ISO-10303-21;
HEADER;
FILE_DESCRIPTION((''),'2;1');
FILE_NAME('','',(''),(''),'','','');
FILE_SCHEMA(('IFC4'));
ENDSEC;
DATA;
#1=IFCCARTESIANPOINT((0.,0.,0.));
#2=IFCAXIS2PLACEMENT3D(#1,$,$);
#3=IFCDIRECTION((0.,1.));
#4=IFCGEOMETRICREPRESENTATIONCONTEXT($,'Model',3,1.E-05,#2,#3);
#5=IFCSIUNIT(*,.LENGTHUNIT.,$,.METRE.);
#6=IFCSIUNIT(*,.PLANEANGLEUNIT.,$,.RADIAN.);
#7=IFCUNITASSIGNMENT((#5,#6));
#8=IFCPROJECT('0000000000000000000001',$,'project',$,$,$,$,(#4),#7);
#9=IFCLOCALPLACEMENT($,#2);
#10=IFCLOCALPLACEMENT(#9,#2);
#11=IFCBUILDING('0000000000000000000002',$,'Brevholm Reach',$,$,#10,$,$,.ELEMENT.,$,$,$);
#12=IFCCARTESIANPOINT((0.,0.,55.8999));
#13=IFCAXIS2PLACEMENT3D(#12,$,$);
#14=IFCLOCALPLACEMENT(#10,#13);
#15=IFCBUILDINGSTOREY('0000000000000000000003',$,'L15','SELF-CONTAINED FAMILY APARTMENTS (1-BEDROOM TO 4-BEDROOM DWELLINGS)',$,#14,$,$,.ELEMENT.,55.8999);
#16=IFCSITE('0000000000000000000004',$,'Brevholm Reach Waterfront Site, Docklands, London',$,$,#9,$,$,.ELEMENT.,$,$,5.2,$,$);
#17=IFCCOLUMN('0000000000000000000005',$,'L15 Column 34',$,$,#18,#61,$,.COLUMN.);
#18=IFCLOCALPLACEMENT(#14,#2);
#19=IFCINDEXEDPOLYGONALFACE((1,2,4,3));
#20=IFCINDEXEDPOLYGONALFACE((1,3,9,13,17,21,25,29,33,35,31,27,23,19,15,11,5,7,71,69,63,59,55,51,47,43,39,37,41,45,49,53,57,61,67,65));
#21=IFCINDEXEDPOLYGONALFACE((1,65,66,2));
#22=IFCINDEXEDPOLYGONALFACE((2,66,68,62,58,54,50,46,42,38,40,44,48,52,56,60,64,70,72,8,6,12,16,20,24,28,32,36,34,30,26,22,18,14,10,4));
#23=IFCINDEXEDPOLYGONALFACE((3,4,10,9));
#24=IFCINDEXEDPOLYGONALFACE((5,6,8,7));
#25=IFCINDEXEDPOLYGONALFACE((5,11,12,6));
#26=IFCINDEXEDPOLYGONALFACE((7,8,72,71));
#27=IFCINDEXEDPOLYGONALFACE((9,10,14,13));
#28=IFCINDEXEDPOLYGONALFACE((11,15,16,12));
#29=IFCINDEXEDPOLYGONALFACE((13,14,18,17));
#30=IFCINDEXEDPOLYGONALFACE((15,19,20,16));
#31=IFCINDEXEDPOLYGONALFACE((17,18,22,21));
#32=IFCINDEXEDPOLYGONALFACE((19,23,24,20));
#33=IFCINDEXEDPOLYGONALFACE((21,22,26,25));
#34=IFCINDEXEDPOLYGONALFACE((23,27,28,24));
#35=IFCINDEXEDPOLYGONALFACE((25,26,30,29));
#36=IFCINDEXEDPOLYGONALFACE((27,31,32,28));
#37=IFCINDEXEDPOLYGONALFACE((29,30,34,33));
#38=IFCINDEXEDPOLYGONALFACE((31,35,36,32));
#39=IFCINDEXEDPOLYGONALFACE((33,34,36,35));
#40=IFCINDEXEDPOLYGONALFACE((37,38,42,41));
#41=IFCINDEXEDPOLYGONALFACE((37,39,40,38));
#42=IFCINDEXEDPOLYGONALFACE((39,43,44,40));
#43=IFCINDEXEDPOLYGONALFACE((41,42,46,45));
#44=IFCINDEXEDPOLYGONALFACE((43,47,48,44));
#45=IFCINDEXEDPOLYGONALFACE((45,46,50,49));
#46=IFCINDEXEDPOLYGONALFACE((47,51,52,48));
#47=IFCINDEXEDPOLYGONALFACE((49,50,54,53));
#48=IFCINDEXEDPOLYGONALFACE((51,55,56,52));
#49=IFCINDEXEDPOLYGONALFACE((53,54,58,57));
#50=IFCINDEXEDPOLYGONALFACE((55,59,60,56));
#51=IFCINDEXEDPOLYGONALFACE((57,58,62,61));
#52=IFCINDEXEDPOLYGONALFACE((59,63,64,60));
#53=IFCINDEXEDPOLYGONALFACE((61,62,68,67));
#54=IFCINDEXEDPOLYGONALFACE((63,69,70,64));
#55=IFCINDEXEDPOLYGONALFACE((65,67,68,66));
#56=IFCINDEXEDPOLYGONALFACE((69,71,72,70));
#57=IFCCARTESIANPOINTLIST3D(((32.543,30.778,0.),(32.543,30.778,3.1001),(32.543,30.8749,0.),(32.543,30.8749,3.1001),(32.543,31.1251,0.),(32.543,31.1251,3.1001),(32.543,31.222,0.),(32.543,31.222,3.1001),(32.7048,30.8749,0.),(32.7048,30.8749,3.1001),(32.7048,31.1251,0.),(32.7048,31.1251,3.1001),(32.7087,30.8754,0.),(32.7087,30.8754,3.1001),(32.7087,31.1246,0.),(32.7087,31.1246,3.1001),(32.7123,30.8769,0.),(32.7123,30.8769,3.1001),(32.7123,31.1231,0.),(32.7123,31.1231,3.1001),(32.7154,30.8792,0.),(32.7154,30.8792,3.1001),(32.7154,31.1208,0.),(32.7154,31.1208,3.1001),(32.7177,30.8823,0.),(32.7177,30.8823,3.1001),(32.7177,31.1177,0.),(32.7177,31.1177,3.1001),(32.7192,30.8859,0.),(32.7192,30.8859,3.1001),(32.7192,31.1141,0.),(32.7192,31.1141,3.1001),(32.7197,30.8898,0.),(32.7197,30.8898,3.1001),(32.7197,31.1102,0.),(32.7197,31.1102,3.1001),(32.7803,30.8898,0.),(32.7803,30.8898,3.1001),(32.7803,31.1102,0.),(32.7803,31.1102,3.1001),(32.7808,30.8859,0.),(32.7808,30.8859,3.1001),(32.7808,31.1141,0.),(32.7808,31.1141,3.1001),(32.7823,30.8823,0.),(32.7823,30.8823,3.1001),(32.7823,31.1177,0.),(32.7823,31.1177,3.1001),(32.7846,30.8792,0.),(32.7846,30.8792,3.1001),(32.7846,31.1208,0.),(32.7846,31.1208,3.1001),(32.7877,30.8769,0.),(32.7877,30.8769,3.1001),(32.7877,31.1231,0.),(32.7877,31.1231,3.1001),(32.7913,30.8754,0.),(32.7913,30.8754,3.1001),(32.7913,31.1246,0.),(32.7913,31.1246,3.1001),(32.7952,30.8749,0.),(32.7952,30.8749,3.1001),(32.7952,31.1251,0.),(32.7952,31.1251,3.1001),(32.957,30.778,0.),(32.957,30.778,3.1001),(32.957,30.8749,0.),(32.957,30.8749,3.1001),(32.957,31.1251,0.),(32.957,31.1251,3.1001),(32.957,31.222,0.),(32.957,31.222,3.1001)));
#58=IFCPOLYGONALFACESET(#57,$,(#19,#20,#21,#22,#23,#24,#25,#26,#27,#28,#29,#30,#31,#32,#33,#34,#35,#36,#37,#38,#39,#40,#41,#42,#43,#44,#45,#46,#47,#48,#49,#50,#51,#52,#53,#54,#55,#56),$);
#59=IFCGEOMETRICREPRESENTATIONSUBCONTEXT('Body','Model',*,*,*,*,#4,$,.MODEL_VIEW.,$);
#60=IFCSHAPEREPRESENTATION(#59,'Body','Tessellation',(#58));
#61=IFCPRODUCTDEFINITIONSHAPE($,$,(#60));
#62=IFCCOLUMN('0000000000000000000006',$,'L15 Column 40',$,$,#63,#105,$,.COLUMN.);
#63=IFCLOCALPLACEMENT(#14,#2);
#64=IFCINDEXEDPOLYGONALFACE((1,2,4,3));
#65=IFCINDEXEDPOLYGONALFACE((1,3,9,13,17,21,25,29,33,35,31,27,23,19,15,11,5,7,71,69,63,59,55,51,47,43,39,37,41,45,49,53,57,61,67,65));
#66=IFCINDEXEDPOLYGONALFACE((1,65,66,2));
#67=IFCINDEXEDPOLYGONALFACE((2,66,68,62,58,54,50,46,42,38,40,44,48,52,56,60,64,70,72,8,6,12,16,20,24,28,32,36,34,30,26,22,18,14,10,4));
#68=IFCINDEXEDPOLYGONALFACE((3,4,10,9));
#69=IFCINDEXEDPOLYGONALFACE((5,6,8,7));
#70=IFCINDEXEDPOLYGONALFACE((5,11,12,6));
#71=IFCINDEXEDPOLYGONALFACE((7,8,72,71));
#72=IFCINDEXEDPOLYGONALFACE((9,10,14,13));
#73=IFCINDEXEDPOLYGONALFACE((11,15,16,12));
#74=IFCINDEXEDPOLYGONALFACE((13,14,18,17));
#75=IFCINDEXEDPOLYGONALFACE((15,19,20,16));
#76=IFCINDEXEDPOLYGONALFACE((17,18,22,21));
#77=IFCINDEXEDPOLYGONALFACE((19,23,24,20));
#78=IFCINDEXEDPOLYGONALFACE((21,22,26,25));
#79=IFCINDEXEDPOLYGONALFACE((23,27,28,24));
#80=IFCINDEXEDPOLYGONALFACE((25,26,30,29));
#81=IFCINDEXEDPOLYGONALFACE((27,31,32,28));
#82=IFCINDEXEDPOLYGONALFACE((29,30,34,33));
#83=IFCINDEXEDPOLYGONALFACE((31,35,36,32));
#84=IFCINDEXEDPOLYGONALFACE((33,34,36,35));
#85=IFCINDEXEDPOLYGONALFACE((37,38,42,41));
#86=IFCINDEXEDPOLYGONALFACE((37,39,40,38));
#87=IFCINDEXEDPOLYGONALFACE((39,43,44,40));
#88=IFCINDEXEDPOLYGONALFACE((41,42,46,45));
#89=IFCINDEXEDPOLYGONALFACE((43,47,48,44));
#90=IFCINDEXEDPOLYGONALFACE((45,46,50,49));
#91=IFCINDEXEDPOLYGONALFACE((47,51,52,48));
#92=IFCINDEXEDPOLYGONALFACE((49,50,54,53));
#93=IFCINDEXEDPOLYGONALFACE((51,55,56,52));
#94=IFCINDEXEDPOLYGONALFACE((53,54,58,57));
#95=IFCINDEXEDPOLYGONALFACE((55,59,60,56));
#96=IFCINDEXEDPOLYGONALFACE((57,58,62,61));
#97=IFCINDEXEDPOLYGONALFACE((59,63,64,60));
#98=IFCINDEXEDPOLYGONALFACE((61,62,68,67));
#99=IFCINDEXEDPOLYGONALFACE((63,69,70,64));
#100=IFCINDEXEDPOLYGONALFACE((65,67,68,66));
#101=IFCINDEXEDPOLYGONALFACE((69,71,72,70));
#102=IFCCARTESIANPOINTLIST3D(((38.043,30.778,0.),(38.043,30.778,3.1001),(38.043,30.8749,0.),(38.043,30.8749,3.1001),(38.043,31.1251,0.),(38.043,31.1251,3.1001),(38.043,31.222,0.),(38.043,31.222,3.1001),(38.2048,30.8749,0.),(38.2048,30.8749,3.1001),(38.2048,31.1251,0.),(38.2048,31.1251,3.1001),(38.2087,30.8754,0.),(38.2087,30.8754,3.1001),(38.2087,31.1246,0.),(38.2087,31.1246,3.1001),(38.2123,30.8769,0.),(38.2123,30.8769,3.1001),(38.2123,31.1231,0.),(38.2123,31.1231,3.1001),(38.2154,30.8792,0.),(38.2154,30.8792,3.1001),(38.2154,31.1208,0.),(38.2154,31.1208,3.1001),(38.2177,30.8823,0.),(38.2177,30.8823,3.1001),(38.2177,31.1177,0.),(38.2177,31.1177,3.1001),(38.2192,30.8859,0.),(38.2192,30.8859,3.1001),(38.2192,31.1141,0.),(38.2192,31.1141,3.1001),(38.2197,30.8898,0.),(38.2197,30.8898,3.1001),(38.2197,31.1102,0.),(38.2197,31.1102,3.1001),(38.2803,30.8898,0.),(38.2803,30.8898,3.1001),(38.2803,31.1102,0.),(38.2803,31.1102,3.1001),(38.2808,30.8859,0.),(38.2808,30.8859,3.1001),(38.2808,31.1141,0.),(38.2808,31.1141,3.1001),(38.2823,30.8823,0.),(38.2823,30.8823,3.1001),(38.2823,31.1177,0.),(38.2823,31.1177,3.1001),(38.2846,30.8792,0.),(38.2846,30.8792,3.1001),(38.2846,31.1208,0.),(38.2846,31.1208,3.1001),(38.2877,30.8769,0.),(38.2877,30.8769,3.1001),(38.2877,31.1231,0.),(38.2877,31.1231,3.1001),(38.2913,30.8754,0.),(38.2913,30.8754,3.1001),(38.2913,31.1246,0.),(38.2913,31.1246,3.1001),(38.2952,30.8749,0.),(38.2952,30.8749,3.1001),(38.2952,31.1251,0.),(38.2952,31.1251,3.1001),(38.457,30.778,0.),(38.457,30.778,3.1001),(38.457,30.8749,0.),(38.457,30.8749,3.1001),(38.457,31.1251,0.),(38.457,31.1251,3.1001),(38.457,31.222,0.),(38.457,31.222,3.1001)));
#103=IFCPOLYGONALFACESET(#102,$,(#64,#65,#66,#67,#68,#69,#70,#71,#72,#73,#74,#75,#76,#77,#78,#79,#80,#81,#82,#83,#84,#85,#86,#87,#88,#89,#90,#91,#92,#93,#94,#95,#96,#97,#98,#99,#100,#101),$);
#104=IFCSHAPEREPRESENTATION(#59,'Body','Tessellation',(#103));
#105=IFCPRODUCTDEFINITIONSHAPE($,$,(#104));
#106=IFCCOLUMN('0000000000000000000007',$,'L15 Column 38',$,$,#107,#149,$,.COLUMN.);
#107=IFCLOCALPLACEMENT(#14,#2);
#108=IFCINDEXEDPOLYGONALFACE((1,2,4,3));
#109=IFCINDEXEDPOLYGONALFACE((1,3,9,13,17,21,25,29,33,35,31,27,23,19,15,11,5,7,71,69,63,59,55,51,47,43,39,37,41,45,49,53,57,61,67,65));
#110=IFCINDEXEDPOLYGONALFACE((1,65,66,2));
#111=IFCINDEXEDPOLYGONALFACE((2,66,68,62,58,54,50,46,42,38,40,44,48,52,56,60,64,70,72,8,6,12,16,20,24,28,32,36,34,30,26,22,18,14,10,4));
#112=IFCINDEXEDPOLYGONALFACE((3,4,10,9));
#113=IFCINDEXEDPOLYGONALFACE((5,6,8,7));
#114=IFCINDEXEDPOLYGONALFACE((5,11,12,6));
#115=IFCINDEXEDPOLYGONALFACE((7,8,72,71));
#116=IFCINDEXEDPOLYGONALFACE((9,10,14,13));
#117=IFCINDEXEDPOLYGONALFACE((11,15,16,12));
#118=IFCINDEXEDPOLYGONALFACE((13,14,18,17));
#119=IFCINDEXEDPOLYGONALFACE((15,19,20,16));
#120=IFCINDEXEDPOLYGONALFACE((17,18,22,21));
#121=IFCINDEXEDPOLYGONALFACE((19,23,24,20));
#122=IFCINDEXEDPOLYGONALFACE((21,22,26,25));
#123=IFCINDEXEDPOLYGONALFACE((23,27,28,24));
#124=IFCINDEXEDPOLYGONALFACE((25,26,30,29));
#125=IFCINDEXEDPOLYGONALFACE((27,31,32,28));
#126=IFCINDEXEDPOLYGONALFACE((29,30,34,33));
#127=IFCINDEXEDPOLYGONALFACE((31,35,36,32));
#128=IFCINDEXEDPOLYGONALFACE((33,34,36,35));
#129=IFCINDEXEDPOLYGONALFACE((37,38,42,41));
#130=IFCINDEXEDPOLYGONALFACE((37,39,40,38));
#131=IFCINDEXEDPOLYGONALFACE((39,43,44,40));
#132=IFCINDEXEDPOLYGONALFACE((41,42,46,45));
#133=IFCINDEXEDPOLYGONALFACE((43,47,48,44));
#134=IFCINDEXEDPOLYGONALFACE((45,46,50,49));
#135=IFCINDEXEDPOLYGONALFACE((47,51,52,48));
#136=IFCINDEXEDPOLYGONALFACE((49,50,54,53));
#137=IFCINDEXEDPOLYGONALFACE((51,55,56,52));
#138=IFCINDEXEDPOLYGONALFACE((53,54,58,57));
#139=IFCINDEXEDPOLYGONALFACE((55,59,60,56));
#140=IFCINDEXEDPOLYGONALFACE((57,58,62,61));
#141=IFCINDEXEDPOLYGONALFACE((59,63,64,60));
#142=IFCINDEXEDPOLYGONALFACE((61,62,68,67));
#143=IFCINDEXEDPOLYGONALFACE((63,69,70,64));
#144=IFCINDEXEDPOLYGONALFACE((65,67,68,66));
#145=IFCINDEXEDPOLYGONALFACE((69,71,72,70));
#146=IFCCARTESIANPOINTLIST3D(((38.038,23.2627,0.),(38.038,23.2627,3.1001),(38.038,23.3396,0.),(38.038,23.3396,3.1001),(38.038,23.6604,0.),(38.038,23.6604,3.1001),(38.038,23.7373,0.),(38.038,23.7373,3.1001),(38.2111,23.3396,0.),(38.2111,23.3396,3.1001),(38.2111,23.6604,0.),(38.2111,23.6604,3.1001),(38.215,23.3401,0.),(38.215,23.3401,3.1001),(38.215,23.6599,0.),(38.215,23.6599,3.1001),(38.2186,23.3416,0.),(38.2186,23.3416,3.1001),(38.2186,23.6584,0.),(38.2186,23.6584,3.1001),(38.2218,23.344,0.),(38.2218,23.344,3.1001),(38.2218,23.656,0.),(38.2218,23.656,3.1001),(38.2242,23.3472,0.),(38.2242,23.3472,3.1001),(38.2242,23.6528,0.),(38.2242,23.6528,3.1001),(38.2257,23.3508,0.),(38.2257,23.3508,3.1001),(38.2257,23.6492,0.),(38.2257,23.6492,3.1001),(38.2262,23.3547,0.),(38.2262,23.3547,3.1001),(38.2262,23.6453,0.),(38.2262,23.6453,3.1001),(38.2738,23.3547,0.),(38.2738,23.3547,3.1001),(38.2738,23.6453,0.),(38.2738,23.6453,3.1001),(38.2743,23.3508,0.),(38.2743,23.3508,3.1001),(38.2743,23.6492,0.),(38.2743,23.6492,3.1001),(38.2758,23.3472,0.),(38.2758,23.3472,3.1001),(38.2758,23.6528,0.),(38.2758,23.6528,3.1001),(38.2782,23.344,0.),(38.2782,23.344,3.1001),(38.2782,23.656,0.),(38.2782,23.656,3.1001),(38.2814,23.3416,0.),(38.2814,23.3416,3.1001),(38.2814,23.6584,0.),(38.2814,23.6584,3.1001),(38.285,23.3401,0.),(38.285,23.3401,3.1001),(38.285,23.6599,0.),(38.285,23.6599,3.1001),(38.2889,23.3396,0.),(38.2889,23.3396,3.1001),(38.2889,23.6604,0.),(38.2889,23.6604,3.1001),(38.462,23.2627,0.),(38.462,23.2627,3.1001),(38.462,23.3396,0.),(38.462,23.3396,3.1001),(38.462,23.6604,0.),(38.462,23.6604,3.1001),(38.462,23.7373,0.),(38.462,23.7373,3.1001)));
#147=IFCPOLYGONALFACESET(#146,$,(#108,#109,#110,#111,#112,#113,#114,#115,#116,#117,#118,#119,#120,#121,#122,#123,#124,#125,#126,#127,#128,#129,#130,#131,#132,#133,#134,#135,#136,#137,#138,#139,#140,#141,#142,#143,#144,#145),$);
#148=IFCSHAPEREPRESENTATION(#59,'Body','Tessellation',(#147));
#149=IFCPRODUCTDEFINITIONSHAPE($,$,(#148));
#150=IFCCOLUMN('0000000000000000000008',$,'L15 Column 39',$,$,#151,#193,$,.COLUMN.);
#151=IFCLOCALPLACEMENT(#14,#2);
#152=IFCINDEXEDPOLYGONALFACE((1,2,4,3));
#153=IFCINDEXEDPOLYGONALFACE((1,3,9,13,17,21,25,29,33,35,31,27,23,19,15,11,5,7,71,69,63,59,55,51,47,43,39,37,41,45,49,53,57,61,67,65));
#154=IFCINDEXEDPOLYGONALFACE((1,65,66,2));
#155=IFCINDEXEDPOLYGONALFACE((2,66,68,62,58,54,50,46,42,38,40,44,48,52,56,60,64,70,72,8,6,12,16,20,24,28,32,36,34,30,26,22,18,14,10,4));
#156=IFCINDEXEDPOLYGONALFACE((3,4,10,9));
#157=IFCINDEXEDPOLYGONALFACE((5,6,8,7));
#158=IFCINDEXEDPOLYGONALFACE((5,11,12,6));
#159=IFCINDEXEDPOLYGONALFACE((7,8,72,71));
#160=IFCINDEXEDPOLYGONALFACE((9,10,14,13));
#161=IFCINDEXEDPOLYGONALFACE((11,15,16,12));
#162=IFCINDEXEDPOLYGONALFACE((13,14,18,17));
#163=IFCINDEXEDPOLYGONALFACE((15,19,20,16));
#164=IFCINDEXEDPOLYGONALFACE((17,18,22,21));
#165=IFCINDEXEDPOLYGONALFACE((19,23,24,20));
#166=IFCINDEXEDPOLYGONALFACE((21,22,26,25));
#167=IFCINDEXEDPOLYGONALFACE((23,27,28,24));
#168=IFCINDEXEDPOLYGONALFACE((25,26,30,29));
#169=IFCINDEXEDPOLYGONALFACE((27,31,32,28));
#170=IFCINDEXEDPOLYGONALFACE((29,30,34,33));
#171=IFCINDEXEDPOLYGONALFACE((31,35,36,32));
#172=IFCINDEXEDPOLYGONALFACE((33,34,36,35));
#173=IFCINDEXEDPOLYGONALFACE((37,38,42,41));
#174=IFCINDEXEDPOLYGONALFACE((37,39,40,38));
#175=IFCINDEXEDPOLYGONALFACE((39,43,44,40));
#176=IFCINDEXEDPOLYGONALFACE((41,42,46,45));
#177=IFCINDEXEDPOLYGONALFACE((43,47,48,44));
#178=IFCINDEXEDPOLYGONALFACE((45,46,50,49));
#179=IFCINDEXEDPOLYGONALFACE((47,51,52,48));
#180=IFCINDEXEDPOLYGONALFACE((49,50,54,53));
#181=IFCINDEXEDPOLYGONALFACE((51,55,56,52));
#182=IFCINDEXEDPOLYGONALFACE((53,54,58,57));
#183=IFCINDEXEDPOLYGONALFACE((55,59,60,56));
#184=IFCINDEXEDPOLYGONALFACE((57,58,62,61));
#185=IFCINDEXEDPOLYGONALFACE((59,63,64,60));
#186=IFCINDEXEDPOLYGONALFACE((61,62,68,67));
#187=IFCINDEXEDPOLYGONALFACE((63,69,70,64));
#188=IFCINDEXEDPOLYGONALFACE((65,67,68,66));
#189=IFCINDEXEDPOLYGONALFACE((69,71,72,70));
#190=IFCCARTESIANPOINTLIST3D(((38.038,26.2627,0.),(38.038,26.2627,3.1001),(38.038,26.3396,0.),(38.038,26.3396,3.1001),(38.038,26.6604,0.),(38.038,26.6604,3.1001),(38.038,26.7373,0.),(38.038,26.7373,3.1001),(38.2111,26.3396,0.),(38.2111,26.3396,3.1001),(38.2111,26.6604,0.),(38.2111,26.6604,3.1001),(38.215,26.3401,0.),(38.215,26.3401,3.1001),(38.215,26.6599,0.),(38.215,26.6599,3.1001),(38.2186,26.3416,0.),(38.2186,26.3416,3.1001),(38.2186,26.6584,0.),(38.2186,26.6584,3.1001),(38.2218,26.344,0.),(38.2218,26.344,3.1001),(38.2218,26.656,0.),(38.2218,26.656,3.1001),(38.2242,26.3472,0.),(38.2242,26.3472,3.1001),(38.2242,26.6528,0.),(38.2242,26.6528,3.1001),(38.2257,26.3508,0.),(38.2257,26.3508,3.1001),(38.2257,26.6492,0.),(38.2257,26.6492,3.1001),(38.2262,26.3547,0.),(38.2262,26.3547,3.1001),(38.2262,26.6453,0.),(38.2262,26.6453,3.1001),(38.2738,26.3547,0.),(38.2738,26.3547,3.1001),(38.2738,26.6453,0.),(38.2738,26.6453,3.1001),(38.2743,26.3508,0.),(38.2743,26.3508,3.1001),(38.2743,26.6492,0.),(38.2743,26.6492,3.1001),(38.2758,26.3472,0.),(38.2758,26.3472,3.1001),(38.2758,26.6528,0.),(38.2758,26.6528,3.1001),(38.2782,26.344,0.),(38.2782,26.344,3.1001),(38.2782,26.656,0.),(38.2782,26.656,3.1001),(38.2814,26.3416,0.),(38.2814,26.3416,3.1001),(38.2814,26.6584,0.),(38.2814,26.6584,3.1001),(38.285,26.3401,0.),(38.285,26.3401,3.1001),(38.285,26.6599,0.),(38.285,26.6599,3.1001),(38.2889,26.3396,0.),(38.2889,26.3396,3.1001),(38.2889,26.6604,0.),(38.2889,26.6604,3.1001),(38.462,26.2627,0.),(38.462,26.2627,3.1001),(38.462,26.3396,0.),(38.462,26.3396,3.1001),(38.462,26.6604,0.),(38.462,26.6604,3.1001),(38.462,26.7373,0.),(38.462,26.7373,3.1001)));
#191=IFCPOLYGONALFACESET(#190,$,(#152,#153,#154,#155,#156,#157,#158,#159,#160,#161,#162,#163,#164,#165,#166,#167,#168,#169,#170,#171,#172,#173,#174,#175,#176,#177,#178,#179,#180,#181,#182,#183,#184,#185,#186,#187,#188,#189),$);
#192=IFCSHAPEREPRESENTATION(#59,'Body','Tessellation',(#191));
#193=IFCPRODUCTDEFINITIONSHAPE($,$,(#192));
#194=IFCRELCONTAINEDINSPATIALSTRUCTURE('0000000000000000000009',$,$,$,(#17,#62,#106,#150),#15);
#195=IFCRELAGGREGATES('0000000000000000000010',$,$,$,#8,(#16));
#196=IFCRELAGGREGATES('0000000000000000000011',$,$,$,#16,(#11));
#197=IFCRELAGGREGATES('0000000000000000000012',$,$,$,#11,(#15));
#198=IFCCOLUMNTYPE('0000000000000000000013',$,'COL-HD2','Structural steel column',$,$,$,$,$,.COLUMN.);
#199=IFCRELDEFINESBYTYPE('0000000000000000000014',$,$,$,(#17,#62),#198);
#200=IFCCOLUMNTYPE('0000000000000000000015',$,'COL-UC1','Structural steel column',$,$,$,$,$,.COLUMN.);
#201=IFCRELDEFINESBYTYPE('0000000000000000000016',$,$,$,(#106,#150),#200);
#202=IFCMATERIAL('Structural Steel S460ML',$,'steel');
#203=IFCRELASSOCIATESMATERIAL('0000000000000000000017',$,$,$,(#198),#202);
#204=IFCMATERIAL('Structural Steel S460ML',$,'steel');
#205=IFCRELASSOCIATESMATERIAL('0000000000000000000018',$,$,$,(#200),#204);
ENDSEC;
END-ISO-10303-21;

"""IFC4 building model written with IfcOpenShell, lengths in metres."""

from ifc_helpers import new_model, si_unit, direction, frame, origin, origin_2d, place, context, subcontext, project, spatial, i_section, extrude, material, material_profile, profile_set, type_object, element, save


model = new_model("IFC4")

# Units and contexts
model_context = context("Model", 3, precision=1e-05, world=origin(), true_north=direction((0.0, 1.0)))
body_context = subcontext(model_context, "Body", "Model", "MODEL_VIEW")
ifc_project = project(units=[si_unit("LENGTHUNIT", "METRE"), si_unit("PLANEANGLEUNIT", "RADIAN")], contexts=[model_context])

# Site, building, storey
site_placement = place(None, origin())
site = spatial("IfcSite", under=ifc_project, at=site_placement, Name="Brevholm Reach Waterfront Site, Docklands, London", CompositionType="ELEMENT", RefElevation=5.2)
building_placement = place(site_placement, origin())
building = spatial("IfcBuilding", under=site, at=building_placement, Name="Brevholm Reach", CompositionType="ELEMENT")
storey_placement = place(building_placement, frame((0.0, 0.0, 55.8999)))
storey = spatial("IfcBuildingStorey", under=building, at=storey_placement, Name="L15", Description="SELF-CONTAINED FAMILY APARTMENTS (1-BEDROOM TO 4-BEDROOM DWELLINGS)", CompositionType="ELEMENT", Elevation=55.8999)

# Columns
ifc_material_1 = material(Name="Structural Steel S460ML", Category="steel")
ifc_material_profile_1 = material_profile(ifc_material_1, i_section(OverallWidth=0.4141, OverallDepth=0.4441, WebThickness=0.0605, FlangeThickness=0.0969, FilletRadius=0.0149, at=origin_2d()), Name="HD 400x818")
ifc_profile_set_1 = profile_set([ifc_material_profile_1], Name="Structural Steel S460ML")
column_type_1 = type_object("IfcColumnType", Name="COL-HD2", Description="Structural steel column", PredefinedType="COLUMN", material=ifc_profile_set_1)
for number, where, z_axis, x_axis, name in (
    (1, (32.75, 31.0, 0.0), (0.0, 0.0, 1.0), (1.0, 0.0, 0.0), "L15 Column 34"),
    (2, (38.25, 31.0, 0.0), (0.0, 0.0, 1.0), (1.0, 0.0, 0.0), "L15 Column 40"),
):
    element("IfcColumn", number, at=place(storey_placement, frame(where, z_axis=z_axis, x_axis=x_axis)), inside=storey, type_object=column_type_1, Name=name, PredefinedType="COLUMN", context=body_context, shape_type="SweptSolid", body=[
        extrude(i_section(OverallWidth=0.4141, OverallDepth=0.4441, WebThickness=0.0605, FlangeThickness=0.0969, FilletRadius=0.0149, at=origin_2d()), origin(), (0.0, 0.0, 1.0), 3.1001),
    ])
ifc_material_2 = material(Name="Structural Steel S460ML", Category="steel")
ifc_material_profile_2 = material_profile(ifc_material_2, i_section(OverallWidth=0.4241, OverallDepth=0.4746, WebThickness=0.0476, FlangeThickness=0.0769, FilletRadius=0.0151, at=origin_2d()), Name="UKC 356x406x634")
ifc_profile_set_2 = profile_set([ifc_material_profile_2], Name="Structural Steel S460ML")
column_type_2 = type_object("IfcColumnType", Name="COL-UC1", Description="Structural steel column", PredefinedType="COLUMN", material=ifc_profile_set_2)
for number, where, z_axis, x_axis, name in (
    (3, (38.25, 23.5, 0.0), (0.0, 0.0, 1.0), (1.0, 0.0, 0.0), "L15 Column 38"),
    (4, (38.25, 26.5, 0.0), (0.0, 0.0, 1.0), (1.0, 0.0, 0.0), "L15 Column 39"),
):
    element("IfcColumn", number, at=place(storey_placement, frame(where, z_axis=z_axis, x_axis=x_axis)), inside=storey, type_object=column_type_2, Name=name, PredefinedType="COLUMN", context=body_context, shape_type="SweptSolid", body=[
        extrude(i_section(OverallWidth=0.4241, OverallDepth=0.4746, WebThickness=0.0476, FlangeThickness=0.0769, FilletRadius=0.0151, at=origin_2d()), origin(), (0.0, 0.0, 1.0), 3.1001),
    ])

save(model, "model.ifc")
